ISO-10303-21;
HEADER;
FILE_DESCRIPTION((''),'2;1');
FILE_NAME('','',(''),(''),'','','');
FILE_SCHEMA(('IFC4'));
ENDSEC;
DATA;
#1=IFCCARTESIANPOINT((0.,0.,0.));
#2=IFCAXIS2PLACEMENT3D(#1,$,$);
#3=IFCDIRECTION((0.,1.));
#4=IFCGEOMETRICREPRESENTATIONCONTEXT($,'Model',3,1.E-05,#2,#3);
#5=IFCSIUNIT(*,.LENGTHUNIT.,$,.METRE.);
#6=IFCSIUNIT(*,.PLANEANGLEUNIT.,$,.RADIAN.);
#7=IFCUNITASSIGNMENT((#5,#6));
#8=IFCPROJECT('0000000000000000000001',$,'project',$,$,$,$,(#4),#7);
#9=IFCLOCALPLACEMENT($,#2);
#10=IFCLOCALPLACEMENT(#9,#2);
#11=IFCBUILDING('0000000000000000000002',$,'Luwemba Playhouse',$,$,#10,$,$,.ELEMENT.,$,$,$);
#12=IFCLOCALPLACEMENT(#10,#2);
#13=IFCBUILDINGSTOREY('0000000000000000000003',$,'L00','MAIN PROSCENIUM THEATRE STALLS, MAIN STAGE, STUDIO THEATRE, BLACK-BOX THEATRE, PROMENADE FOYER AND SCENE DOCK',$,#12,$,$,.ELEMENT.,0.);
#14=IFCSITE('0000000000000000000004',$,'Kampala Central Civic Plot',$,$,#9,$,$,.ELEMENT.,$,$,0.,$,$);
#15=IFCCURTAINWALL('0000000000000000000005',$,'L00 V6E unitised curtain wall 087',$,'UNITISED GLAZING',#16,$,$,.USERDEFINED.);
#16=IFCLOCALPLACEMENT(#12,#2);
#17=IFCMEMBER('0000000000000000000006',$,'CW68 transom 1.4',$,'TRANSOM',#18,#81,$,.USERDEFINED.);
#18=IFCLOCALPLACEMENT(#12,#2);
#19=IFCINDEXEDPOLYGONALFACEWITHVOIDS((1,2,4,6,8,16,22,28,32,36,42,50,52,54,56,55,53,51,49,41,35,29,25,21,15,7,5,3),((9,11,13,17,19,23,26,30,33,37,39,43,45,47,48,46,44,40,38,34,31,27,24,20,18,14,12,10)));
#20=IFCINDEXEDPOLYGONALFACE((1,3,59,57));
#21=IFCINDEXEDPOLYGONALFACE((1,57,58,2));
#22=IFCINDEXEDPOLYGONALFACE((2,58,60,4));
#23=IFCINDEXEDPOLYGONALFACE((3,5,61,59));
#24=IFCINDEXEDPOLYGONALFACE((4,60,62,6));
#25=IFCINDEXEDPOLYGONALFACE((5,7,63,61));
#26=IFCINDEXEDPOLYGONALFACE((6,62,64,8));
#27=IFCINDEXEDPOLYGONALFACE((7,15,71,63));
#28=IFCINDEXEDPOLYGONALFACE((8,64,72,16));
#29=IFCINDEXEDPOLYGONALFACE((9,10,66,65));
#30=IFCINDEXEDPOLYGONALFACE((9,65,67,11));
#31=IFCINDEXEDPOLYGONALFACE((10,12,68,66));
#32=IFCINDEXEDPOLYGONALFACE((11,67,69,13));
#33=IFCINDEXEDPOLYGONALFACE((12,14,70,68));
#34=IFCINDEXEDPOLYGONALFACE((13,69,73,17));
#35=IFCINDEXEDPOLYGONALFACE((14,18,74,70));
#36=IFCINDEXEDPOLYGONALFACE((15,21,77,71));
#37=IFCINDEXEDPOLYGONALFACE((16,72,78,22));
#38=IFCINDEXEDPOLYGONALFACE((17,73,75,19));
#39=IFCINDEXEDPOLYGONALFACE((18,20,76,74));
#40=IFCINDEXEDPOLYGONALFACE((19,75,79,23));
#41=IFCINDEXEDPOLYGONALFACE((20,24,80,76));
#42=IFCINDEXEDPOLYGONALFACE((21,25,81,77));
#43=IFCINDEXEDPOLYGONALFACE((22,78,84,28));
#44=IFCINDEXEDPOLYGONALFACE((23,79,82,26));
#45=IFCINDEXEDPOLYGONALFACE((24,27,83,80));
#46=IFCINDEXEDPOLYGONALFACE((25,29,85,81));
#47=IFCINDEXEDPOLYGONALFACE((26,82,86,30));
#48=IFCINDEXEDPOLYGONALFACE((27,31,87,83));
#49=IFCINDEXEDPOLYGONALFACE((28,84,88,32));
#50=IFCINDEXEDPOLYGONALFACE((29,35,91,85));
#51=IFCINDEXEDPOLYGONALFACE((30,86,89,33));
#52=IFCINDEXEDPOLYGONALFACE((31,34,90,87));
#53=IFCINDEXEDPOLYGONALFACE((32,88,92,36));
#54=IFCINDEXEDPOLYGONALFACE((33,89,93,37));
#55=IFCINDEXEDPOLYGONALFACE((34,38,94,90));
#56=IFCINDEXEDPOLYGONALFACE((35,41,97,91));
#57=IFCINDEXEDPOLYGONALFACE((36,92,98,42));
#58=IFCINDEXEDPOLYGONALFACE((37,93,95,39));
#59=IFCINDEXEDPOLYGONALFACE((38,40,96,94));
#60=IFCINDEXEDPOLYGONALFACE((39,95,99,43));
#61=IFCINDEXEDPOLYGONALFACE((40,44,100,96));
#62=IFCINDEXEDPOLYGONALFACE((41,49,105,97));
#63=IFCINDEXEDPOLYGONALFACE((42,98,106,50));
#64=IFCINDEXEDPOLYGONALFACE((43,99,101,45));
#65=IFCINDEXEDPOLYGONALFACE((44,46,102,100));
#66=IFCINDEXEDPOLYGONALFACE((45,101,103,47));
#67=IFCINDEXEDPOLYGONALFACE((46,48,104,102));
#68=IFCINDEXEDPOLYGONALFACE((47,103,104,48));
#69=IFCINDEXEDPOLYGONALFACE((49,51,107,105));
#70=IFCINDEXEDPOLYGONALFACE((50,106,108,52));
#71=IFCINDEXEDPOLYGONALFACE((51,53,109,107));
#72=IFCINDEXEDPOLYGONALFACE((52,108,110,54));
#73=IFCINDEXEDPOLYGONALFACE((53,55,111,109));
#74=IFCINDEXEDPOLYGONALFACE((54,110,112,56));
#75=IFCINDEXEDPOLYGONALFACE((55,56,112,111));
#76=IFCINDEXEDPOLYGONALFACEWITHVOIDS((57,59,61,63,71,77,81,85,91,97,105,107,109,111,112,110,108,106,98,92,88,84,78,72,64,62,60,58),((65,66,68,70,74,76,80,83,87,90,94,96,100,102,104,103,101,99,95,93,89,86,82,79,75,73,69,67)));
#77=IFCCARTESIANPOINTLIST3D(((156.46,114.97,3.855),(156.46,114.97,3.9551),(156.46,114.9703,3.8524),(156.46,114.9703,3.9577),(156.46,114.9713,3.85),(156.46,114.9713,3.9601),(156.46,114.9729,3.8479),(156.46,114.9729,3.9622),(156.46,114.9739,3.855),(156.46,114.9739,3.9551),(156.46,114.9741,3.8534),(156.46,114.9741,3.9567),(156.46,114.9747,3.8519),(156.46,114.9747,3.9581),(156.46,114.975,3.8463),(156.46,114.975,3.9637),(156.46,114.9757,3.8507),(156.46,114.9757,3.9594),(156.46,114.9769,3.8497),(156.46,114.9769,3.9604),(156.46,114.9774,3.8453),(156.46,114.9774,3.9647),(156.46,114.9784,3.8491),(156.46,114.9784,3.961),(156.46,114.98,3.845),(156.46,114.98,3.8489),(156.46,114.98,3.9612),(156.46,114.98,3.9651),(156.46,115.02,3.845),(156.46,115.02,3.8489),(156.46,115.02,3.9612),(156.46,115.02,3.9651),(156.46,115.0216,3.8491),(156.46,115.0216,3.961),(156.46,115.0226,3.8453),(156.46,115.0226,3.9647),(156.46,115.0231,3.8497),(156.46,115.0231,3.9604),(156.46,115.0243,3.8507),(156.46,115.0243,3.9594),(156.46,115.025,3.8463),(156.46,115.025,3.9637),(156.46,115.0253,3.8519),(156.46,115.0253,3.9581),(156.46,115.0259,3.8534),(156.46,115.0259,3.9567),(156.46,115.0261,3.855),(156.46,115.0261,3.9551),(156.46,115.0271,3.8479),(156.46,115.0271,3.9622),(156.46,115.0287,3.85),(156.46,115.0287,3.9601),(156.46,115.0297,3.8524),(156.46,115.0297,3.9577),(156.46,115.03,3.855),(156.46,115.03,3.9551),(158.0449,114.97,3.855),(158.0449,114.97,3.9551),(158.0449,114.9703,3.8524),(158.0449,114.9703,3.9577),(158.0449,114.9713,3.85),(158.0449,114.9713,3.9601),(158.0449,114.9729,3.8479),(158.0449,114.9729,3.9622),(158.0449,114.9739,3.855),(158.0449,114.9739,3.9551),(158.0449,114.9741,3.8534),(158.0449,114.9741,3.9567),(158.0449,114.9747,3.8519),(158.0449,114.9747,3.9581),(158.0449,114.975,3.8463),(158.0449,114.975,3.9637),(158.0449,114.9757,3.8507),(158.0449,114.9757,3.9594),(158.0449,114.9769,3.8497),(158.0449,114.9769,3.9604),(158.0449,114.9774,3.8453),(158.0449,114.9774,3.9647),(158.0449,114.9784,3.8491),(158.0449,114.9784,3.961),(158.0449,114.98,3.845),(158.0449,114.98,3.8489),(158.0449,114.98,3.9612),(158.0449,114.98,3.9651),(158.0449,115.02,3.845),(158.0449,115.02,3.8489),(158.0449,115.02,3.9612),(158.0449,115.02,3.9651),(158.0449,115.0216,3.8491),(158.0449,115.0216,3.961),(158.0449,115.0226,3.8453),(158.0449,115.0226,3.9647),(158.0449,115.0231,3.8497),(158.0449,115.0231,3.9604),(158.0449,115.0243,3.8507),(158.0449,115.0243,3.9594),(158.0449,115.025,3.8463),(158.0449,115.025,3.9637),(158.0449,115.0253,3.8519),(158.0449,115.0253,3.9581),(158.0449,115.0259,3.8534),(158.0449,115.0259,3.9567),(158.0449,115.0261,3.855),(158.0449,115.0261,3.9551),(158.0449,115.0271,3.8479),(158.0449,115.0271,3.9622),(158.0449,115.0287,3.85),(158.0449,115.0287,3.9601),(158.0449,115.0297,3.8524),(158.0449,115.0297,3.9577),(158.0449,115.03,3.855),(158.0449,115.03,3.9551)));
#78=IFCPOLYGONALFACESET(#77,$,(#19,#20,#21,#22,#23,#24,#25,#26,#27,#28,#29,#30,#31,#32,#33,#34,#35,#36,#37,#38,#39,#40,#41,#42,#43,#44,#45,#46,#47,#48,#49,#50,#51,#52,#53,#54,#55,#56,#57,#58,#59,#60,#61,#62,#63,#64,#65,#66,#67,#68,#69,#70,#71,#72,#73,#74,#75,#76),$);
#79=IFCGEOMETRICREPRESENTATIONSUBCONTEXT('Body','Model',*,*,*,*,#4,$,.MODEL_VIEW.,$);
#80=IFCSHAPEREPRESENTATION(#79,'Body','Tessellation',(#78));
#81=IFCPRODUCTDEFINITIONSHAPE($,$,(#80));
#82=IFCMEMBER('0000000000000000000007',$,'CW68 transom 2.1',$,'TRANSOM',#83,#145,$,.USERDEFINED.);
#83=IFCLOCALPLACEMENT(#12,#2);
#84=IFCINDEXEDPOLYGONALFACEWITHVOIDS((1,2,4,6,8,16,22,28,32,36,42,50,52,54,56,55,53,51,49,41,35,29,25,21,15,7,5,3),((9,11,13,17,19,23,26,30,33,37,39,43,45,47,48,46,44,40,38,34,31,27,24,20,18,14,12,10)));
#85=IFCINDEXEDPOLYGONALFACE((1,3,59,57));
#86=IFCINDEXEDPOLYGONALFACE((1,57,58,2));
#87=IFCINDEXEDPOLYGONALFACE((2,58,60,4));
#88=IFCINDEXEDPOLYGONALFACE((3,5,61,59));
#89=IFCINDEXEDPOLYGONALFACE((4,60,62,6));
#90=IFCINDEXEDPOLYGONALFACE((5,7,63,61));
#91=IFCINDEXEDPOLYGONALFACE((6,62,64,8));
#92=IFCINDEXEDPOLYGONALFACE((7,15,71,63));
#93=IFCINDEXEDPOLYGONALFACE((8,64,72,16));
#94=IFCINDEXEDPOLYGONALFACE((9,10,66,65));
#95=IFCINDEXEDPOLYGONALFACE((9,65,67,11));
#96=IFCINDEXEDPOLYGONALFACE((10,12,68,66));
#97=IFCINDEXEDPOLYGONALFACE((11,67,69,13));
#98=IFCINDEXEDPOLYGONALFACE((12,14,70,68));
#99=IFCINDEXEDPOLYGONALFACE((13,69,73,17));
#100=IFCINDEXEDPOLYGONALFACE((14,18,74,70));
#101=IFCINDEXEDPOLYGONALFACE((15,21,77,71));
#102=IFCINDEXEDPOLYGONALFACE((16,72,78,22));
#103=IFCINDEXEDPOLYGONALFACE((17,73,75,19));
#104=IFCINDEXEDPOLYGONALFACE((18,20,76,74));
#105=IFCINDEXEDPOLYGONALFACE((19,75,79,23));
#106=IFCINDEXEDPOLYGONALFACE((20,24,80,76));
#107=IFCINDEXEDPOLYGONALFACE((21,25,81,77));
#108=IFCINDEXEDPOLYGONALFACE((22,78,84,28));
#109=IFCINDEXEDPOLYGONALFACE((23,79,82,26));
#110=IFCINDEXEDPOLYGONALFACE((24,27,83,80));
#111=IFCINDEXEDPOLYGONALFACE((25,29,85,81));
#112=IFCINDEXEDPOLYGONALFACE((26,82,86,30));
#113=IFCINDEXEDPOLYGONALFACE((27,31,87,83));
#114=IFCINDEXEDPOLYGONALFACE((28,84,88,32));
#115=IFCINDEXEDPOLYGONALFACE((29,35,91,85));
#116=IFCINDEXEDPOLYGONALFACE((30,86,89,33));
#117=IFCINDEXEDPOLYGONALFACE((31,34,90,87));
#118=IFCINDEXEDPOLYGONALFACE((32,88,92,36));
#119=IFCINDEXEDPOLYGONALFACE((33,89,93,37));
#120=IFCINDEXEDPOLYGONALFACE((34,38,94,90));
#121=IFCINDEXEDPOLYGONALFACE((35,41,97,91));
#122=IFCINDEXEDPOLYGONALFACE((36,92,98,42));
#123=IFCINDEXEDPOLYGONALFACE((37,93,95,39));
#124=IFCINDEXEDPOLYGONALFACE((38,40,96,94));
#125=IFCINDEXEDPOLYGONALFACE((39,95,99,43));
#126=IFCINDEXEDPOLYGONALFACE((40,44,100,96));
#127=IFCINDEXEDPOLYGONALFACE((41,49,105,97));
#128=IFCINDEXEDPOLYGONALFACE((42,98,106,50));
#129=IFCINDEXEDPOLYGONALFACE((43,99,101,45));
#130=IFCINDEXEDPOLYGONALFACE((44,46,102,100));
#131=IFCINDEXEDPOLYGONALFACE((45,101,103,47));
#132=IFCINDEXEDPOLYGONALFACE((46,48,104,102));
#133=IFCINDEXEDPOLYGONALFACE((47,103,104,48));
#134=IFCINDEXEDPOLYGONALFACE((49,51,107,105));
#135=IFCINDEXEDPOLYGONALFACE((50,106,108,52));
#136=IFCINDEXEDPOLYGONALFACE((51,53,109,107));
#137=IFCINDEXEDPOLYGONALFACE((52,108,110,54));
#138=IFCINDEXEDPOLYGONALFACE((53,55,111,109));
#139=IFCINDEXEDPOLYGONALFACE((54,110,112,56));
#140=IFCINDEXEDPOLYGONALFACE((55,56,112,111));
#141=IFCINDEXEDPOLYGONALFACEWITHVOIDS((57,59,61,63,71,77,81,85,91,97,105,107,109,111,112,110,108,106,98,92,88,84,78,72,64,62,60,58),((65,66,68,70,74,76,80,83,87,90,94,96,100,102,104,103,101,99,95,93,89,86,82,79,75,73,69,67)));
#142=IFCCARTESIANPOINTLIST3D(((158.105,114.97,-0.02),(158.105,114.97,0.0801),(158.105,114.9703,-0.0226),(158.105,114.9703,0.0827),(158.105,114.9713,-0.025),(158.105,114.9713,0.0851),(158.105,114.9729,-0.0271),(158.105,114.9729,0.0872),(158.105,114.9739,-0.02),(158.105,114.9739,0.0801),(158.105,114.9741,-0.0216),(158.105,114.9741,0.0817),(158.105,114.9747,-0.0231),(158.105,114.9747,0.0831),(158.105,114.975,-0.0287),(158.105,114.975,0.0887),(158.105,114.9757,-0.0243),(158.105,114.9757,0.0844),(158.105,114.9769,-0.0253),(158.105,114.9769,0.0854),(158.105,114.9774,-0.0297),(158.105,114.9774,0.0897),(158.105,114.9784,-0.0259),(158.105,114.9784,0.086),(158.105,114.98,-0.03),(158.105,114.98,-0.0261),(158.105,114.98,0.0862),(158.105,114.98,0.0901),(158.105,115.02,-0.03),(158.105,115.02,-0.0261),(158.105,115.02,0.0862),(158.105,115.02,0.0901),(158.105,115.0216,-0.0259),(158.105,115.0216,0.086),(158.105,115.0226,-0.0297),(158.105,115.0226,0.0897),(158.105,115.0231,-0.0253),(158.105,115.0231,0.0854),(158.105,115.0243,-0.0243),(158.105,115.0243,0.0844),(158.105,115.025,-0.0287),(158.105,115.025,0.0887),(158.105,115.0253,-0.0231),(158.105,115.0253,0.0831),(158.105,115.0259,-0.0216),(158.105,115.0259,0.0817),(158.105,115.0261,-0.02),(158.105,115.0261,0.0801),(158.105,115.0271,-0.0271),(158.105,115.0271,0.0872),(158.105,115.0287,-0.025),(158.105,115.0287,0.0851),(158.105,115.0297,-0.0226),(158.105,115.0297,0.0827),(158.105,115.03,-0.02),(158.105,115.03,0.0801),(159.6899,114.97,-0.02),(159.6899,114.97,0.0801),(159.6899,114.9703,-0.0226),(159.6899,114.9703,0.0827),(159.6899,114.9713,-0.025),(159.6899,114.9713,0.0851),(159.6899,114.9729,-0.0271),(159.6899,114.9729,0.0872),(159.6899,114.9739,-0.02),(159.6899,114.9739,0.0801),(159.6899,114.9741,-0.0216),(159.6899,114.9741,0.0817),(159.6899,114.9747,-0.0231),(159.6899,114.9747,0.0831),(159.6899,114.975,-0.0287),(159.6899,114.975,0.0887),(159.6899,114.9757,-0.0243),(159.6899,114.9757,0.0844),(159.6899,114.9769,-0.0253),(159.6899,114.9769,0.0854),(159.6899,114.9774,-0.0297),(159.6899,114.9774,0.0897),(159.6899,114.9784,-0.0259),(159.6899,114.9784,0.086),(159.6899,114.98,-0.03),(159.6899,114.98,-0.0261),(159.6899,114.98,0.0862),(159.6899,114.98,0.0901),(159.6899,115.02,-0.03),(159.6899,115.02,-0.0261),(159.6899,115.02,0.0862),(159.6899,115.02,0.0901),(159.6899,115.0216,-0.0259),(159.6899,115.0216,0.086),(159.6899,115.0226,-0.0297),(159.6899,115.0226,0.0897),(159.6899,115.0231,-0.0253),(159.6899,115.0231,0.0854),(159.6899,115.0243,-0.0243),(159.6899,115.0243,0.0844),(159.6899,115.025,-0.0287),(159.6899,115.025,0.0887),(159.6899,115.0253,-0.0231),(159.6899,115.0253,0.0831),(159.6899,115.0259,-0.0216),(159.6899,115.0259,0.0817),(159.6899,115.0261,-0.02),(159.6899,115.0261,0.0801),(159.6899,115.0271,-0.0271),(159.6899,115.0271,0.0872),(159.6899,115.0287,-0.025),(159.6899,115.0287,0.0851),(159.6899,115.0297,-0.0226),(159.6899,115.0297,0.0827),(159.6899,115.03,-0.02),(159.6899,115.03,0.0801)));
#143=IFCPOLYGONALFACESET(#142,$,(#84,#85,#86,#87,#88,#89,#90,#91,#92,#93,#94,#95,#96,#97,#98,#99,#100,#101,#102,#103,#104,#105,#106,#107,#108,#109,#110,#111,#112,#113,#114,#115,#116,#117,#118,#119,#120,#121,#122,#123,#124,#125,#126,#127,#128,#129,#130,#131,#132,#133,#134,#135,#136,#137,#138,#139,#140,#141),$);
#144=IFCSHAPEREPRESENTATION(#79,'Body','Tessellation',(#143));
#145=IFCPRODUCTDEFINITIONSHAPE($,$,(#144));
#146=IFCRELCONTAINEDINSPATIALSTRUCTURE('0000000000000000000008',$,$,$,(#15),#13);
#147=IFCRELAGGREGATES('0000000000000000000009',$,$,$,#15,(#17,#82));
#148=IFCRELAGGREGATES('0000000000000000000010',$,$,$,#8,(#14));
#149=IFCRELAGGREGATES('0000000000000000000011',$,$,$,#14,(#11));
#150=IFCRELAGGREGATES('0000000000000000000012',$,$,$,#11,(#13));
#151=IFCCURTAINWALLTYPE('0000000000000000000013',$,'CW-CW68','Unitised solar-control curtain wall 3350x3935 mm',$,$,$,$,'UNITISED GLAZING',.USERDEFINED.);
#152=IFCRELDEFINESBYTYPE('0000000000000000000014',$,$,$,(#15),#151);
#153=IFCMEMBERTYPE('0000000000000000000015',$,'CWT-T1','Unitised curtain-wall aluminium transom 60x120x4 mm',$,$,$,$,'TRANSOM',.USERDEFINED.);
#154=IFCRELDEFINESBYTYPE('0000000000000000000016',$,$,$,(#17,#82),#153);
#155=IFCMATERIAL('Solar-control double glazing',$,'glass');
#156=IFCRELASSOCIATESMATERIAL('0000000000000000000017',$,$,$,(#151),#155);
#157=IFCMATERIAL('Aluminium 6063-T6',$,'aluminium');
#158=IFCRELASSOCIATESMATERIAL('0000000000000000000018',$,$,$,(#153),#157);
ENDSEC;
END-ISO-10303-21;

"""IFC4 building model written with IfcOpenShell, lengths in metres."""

from ifc_helpers import new_model, si_unit, direction, frame, origin, origin_2d, place, context, subcontext, project, spatial, hollow_rectangle, extrude, material, material_profile, profile_set, type_object, element, aggregate, save


model = new_model("IFC4")

# Units and contexts
model_context = context("Model", 3, precision=1e-05, world=origin(), true_north=direction((0.0, 1.0)))
body_context = subcontext(model_context, "Body", "Model", "MODEL_VIEW")
ifc_project = project(units=[si_unit("LENGTHUNIT", "METRE"), si_unit("PLANEANGLEUNIT", "RADIAN")], contexts=[model_context])

# Site, building, storey
site_placement = place(None, origin())
site = spatial("IfcSite", under=ifc_project, at=site_placement, Name="Kampala Central Civic Plot", CompositionType="ELEMENT", RefElevation=0.0)
building_placement = place(site_placement, origin())
building = spatial("IfcBuilding", under=site, at=building_placement, Name="Luwemba Playhouse", CompositionType="ELEMENT")
storey_placement = place(building_placement, origin())
storey = spatial("IfcBuildingStorey", under=building, at=storey_placement, Name="L00", Description="MAIN PROSCENIUM THEATRE STALLS, MAIN STAGE, STUDIO THEATRE, BLACK-BOX THEATRE, PROMENADE FOYER AND SCENE DOCK", CompositionType="ELEMENT", Elevation=0.0)

# Curtain wall, members
ifc_material_1 = material(Name="Solar-control double glazing", Category="glass")
curtain_wall_type = type_object("IfcCurtainWallType", Name="CW-CW68", Description="Unitised solar-control curtain wall 3350x3935 mm", ElementType="UNITISED GLAZING", PredefinedType="USERDEFINED", material=ifc_material_1)
curtain_wall_placement = place(storey_placement, origin())
curtain_wall = element("IfcCurtainWall", 1, at=curtain_wall_placement, inside=storey, type_object=curtain_wall_type, Name="L00 V6E unitised curtain wall 087", ObjectType="UNITISED GLAZING", PredefinedType="USERDEFINED")
ifc_material_2 = material(Name="Aluminium 6063-T6", Category="aluminium")
ifc_material_profile_1 = material_profile(ifc_material_2, hollow_rectangle(XDim=0.0601, YDim=0.1201, WallThickness=0.0039, InnerFilletRadius=0.0061, OuterFilletRadius=0.01, at=origin_2d()))
ifc_profile_set_1 = profile_set([ifc_material_profile_1], Name="Aluminium 6063-T6")
member_type_1 = type_object("IfcMemberType", Name="CWT-T1", Description="Unitised curtain-wall aluminium transom 60x120x4 mm", ElementType="TRANSOM", PredefinedType="USERDEFINED", material=ifc_profile_set_1)
member_1_placement = place(storey_placement, frame((156.46, 115.0, 3.905), z_axis=(1.0, 0.0, 0.0), x_axis=(0.0, 1.0, 0.0)))
member_1 = element("IfcMember", 2, at=member_1_placement, type_object=member_type_1, Name="CW68 transom 1.4", ObjectType="TRANSOM", PredefinedType="USERDEFINED", context=body_context, shape_type="SweptSolid", body=[
    extrude(hollow_rectangle(XDim=0.0601, YDim=0.1201, WallThickness=0.0039, InnerFilletRadius=0.0061, OuterFilletRadius=0.01, at=origin_2d()), origin(), (0.0, 0.0, 1.0), 1.585),
])
member_2_placement = place(storey_placement, frame((158.105, 115.0, 0.03), z_axis=(1.0, 0.0, 0.0), x_axis=(0.0, 1.0, 0.0)))
member_2 = element("IfcMember", 3, at=member_2_placement, type_object=member_type_1, Name="CW68 transom 2.1", ObjectType="TRANSOM", PredefinedType="USERDEFINED", context=body_context, shape_type="SweptSolid", body=[
    extrude(hollow_rectangle(XDim=0.0601, YDim=0.1201, WallThickness=0.0039, InnerFilletRadius=0.0061, OuterFilletRadius=0.01, at=origin_2d()), origin(), (0.0, 0.0, 1.0), 1.585),
])
aggregate(curtain_wall, [member_1, member_2])

save(model, "model.ifc")
